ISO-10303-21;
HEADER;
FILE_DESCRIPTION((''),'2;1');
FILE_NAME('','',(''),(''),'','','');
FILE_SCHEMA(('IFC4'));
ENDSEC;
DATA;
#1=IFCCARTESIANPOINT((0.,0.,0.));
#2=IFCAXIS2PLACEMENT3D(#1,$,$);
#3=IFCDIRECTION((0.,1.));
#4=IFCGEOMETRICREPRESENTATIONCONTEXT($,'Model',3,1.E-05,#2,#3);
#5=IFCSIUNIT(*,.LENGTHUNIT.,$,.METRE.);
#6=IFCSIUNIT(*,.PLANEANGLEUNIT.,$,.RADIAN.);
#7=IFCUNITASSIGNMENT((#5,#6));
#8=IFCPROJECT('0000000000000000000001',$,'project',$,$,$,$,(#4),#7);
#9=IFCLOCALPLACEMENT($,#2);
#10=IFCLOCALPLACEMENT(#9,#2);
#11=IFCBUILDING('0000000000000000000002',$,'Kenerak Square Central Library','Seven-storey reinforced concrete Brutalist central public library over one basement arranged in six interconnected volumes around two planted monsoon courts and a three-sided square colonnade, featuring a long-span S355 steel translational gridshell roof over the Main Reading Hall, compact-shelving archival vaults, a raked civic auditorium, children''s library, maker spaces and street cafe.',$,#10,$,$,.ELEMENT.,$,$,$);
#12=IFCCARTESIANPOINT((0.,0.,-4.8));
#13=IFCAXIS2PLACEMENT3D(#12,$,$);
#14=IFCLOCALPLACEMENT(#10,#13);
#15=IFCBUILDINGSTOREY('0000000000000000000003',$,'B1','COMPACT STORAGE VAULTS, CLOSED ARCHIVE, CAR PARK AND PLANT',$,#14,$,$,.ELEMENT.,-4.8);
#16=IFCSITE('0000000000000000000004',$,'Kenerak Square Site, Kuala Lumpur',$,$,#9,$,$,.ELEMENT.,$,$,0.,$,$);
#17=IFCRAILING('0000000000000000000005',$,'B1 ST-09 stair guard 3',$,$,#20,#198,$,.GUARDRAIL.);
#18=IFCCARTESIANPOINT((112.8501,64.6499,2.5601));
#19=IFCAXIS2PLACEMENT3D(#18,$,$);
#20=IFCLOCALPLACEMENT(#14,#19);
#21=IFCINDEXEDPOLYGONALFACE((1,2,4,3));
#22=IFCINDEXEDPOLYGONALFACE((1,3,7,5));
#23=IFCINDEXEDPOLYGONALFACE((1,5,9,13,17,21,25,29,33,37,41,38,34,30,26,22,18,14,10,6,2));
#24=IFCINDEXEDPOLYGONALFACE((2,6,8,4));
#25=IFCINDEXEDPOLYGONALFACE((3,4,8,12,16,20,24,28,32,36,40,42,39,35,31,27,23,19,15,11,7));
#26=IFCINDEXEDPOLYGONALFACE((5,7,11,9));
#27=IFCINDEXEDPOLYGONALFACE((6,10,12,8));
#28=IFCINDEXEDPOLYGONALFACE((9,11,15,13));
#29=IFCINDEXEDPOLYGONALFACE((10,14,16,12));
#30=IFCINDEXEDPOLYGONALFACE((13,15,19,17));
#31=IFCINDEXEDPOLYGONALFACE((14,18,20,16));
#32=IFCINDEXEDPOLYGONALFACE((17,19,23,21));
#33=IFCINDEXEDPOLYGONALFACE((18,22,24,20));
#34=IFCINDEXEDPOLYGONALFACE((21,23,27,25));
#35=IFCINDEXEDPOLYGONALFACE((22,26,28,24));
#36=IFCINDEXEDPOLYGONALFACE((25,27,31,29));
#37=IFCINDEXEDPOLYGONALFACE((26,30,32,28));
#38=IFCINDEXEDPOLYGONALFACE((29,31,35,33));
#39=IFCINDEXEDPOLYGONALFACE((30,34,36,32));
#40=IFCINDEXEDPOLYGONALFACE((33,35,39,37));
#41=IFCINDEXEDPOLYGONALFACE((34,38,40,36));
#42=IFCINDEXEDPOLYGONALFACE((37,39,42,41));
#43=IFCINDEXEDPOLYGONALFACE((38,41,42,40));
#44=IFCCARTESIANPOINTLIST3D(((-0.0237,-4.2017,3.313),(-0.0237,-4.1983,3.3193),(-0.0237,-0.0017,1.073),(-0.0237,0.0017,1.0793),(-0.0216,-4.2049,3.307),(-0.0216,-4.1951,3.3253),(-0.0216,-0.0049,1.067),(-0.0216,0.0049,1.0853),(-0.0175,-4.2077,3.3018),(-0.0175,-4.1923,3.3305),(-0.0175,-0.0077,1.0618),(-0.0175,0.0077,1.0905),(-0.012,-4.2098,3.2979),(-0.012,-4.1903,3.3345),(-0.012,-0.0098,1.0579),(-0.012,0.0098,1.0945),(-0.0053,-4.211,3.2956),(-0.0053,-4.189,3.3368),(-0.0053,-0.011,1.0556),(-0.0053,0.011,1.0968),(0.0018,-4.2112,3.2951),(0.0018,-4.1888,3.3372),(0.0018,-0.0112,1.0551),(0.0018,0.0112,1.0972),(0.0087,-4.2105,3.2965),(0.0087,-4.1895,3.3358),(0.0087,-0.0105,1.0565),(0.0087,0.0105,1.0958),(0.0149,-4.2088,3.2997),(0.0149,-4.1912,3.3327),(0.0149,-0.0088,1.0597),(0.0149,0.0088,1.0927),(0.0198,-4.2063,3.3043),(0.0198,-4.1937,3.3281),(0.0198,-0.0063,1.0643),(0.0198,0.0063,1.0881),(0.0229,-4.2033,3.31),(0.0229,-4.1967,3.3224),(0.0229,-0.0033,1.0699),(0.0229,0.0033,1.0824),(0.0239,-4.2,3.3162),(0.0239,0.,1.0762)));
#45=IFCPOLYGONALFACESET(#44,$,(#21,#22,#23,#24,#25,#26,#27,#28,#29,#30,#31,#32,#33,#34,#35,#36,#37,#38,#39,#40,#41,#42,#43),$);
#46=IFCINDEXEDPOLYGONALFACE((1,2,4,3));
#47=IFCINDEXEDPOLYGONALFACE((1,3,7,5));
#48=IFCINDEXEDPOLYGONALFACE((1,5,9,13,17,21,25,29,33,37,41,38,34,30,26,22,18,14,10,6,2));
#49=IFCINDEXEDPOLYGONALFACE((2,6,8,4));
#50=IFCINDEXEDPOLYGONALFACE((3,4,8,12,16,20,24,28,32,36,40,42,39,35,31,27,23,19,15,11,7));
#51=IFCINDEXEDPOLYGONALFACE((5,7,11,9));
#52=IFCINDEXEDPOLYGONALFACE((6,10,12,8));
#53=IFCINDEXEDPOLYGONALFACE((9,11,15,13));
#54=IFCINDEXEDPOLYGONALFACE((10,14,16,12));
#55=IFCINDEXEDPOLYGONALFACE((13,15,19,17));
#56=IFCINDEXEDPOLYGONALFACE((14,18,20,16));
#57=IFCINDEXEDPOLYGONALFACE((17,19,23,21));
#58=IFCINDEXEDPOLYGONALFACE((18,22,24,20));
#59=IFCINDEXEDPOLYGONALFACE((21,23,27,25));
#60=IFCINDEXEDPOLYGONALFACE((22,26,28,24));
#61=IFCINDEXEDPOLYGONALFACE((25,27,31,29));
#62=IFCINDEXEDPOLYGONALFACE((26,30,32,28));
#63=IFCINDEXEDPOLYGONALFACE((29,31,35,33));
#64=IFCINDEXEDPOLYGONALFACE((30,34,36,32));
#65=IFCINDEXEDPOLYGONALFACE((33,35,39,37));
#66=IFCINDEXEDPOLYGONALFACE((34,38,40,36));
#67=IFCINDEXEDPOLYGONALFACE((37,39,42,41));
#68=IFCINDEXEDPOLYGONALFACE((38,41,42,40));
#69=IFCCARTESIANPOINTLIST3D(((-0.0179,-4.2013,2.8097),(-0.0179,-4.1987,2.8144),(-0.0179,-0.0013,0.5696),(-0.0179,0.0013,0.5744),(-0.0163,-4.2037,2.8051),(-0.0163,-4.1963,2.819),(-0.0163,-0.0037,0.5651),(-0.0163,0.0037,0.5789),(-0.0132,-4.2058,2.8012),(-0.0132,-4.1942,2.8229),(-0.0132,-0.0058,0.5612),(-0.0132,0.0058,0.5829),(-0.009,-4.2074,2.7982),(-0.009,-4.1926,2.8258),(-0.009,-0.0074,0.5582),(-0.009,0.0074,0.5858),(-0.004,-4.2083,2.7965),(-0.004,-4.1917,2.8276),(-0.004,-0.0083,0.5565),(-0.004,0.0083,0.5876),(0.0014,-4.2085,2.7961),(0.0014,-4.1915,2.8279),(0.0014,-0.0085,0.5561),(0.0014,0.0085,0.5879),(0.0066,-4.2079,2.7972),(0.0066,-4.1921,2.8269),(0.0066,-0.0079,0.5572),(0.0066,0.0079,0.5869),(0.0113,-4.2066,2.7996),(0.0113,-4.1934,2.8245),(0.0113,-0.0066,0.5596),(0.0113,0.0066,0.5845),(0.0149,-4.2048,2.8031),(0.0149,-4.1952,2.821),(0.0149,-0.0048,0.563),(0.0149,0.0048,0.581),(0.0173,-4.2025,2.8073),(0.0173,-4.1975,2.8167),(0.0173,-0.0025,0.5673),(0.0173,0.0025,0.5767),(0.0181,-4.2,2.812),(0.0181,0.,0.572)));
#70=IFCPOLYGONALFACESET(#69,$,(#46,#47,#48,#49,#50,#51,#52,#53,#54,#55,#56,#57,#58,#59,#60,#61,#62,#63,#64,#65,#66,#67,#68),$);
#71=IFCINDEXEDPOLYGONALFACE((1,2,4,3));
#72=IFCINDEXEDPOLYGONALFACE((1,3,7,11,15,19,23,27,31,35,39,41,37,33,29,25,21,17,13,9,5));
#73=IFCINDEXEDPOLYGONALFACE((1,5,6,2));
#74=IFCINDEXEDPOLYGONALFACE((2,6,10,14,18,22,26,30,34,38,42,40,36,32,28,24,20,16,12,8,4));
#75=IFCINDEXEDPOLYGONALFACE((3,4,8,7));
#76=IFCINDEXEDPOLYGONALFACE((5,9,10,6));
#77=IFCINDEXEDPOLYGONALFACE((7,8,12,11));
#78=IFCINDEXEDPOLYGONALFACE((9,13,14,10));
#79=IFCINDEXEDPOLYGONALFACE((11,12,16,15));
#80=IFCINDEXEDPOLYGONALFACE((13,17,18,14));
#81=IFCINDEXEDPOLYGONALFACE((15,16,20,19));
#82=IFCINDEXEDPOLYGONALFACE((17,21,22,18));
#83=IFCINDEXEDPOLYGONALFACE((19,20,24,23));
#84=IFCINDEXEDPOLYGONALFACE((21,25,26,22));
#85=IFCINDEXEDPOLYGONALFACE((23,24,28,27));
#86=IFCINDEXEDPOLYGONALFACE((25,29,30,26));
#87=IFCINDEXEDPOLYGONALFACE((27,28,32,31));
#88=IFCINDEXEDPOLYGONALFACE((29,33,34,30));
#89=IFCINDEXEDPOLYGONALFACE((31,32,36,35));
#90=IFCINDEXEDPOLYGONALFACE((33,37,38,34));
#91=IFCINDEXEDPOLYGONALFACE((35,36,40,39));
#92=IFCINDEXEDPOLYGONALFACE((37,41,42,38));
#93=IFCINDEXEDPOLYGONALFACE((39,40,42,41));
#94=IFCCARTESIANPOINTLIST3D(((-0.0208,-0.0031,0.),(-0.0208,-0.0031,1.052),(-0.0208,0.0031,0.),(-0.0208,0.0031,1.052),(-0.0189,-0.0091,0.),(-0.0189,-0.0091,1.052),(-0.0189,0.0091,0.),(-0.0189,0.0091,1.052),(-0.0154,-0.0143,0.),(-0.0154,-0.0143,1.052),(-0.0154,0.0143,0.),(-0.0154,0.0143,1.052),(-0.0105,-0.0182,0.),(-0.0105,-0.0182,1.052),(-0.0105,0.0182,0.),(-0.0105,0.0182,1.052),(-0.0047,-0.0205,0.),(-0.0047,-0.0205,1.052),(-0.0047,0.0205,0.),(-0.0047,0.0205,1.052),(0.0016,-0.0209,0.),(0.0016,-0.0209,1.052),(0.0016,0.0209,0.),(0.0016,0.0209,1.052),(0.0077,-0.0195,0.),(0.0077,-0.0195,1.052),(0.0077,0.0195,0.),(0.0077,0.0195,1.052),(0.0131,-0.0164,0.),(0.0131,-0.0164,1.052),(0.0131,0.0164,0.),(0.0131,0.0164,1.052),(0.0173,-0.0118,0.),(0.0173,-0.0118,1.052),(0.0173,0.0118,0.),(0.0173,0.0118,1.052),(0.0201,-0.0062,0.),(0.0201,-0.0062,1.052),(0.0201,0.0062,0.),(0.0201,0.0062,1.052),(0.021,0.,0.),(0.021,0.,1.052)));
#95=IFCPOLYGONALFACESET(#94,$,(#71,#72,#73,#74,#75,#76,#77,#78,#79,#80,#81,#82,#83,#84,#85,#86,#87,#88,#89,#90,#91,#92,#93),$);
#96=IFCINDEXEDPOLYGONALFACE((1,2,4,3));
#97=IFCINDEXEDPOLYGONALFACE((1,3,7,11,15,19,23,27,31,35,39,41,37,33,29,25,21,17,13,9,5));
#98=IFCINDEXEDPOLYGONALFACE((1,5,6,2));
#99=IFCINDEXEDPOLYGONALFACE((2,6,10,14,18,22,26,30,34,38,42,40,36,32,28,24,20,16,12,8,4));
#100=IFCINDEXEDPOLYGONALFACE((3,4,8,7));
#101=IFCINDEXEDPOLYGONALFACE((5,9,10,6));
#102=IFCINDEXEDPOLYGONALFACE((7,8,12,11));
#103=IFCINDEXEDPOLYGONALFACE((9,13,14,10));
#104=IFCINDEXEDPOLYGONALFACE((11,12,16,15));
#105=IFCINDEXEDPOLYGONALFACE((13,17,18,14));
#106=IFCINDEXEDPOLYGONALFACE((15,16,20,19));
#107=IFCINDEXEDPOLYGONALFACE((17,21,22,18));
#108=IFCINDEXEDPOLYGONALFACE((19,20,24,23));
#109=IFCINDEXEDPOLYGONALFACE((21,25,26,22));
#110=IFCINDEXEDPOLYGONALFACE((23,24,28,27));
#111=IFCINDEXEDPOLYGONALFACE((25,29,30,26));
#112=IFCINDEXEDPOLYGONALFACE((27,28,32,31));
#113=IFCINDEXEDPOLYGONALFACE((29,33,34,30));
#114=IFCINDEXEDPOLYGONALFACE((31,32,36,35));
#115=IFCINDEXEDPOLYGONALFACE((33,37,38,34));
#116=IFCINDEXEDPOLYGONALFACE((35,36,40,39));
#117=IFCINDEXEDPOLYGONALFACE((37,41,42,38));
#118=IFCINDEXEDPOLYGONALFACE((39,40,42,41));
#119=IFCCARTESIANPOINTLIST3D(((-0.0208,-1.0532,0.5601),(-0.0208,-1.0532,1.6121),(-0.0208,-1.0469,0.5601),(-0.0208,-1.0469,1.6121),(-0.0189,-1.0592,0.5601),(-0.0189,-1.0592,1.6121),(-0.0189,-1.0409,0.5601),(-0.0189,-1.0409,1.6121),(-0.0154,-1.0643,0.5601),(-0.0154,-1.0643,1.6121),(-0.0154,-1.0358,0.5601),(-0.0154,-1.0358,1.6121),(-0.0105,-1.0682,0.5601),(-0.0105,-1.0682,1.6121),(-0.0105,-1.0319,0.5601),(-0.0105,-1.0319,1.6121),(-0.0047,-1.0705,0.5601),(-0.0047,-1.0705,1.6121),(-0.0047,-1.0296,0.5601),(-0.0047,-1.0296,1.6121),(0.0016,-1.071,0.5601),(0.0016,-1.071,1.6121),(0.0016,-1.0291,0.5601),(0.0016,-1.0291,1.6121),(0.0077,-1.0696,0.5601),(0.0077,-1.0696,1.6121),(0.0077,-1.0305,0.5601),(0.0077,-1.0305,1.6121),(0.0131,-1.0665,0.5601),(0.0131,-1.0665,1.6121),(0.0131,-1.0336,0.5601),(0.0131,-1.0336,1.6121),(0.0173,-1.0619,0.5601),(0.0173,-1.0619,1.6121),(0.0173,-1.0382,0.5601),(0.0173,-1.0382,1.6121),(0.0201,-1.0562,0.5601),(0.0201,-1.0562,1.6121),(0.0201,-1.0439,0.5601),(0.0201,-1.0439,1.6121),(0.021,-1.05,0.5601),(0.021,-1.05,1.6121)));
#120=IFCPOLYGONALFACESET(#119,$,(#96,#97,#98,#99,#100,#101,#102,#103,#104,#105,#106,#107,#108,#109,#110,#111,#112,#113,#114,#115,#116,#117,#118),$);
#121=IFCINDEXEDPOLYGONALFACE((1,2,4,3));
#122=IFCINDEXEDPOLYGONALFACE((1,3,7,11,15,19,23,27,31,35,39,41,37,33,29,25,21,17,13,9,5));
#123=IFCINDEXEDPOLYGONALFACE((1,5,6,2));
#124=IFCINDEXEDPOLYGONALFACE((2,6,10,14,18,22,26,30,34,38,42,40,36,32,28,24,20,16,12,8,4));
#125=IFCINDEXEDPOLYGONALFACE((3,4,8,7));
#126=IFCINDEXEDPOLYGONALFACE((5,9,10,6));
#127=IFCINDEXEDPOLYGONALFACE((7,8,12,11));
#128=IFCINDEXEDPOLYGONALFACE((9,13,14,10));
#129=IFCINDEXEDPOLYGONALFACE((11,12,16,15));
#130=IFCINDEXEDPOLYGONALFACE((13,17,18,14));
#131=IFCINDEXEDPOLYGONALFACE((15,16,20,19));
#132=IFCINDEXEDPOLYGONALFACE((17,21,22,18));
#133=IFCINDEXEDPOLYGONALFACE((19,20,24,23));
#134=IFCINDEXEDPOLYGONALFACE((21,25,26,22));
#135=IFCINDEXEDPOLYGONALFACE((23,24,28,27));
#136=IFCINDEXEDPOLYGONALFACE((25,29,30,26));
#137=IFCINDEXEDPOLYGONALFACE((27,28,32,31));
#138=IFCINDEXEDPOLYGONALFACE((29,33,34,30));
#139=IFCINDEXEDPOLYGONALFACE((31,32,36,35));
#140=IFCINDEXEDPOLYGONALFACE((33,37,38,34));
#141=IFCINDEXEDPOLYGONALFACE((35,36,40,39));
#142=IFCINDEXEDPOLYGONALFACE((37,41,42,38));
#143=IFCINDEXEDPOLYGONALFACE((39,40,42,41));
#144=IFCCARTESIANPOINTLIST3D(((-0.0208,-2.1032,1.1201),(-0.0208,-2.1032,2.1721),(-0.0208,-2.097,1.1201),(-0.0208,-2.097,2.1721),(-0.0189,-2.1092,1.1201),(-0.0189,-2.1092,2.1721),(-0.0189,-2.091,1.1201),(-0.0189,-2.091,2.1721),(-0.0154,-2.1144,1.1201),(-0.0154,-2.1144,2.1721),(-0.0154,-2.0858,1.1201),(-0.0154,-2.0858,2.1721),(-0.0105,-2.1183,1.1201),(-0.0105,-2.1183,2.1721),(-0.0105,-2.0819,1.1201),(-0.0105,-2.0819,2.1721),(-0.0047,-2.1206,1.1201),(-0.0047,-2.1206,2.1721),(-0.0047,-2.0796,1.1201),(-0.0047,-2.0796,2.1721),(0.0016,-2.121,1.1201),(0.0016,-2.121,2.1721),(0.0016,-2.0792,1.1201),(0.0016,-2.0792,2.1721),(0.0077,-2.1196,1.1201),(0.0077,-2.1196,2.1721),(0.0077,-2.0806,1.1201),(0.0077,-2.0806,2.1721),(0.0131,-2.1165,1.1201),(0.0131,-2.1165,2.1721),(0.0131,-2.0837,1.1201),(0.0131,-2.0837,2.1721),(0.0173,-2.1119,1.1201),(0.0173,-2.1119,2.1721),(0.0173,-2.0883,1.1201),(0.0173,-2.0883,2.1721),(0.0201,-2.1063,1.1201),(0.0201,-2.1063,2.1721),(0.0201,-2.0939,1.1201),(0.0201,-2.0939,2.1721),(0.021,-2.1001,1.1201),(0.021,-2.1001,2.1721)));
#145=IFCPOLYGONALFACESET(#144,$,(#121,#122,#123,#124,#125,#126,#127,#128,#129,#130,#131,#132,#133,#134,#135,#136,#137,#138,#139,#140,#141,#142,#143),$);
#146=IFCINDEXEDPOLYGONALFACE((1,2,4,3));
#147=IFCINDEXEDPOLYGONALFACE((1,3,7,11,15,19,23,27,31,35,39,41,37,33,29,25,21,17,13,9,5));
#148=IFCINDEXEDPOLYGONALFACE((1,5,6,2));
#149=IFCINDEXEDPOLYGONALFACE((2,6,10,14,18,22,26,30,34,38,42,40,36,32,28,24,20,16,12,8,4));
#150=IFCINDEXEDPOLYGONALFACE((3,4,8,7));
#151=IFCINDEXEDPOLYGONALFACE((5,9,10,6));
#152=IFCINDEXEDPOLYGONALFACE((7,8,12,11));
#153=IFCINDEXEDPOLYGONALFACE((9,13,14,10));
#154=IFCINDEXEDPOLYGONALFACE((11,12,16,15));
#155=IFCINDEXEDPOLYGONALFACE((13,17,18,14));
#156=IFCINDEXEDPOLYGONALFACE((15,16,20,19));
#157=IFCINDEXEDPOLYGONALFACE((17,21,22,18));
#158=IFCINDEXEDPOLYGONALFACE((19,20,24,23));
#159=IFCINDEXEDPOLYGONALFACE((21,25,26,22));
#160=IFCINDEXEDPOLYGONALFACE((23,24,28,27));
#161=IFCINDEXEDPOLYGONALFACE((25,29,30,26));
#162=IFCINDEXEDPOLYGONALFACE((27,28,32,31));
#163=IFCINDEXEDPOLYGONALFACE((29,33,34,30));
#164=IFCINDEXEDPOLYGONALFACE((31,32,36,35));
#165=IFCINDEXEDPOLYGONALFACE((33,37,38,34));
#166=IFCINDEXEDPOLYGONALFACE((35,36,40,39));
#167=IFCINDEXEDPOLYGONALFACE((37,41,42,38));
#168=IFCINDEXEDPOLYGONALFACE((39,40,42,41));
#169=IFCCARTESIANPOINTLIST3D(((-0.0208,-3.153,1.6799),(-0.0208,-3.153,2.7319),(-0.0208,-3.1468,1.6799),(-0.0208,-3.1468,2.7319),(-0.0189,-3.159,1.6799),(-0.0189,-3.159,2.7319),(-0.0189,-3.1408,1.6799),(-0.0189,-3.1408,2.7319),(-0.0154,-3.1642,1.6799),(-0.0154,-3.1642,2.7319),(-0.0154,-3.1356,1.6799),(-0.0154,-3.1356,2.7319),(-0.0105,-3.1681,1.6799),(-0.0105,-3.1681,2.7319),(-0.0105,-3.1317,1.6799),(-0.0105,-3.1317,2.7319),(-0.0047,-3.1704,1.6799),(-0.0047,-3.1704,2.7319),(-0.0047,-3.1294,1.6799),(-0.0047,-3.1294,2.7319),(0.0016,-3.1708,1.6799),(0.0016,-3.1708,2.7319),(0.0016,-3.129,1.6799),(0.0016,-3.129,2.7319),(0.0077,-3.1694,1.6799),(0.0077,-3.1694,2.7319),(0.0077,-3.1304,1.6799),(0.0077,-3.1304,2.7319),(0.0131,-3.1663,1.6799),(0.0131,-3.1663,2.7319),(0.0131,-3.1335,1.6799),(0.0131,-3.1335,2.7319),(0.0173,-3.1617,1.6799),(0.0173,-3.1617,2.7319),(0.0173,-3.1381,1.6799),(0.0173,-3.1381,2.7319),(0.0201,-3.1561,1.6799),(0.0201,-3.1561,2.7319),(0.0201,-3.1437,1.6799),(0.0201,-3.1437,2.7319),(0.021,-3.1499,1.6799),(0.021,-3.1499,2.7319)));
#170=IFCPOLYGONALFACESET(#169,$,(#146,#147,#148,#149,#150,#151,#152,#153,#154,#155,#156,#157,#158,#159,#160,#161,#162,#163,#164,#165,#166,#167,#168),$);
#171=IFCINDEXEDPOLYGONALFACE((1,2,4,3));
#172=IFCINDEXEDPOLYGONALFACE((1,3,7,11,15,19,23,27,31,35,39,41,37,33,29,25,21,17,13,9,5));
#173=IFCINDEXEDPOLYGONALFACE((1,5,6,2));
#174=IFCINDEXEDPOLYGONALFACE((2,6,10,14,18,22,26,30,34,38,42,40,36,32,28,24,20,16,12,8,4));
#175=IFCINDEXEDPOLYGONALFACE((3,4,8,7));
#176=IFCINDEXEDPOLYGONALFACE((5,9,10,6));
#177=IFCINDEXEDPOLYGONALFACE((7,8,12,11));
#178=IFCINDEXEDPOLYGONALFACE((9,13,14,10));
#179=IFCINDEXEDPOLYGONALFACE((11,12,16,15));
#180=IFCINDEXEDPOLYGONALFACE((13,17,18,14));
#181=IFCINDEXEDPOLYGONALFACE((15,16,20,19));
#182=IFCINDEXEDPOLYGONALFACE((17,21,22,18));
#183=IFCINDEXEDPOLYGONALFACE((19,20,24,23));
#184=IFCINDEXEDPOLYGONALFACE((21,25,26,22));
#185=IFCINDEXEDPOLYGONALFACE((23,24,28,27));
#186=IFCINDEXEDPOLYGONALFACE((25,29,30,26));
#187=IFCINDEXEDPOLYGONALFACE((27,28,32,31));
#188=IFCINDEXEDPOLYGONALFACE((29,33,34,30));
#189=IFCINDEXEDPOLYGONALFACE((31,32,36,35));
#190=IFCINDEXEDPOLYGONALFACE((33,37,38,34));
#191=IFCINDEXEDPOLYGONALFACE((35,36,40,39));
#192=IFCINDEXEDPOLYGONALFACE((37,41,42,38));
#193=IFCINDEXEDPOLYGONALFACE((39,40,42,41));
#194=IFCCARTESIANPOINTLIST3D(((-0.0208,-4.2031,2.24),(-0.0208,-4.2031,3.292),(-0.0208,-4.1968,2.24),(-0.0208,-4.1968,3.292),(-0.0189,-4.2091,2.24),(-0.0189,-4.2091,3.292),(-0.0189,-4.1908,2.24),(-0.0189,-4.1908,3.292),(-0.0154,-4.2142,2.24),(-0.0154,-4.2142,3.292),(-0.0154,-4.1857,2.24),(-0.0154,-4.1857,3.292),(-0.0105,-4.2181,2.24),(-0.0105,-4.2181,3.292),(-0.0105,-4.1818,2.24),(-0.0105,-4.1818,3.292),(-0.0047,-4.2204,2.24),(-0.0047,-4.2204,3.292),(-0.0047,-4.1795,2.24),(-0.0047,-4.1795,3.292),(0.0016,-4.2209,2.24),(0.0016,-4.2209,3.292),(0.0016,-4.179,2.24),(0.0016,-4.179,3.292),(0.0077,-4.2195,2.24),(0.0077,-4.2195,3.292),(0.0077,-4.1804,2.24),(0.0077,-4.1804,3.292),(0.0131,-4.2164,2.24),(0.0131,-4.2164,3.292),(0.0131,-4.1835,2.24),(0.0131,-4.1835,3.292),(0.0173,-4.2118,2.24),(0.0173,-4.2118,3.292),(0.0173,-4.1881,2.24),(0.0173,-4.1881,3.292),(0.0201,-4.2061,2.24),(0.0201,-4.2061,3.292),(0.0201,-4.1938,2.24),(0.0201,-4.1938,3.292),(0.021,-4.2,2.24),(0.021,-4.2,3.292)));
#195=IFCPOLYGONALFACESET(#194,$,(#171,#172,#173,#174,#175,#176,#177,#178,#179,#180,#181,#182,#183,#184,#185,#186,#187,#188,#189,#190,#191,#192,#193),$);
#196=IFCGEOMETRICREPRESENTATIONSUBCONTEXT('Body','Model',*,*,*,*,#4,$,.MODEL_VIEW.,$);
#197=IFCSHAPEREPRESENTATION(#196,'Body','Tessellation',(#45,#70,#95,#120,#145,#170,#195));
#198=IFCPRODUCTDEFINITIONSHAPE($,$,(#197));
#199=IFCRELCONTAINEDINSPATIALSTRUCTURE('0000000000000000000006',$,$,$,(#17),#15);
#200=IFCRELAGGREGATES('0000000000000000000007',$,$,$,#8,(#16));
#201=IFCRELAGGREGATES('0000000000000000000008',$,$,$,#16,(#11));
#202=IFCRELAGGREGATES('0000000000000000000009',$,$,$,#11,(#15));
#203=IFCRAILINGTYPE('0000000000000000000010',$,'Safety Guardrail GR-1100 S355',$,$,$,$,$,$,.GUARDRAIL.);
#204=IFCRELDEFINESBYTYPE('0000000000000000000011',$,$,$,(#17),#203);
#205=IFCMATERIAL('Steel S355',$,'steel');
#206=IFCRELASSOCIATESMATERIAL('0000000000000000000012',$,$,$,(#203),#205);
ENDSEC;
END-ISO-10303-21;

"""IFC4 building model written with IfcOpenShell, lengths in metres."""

from ifc_helpers import new_model, si_unit, direction, frame, origin, origin_2d, place, context, subcontext, project, spatial, circle, extrude, material, type_object, element, save


model = new_model("IFC4")

# Units and contexts
model_context = context("Model", 3, precision=1e-05, world=origin(), true_north=direction((0.0, 1.0)))
body_context = subcontext(model_context, "Body", "Model", "MODEL_VIEW")
ifc_project = project(units=[si_unit("LENGTHUNIT", "METRE"), si_unit("PLANEANGLEUNIT", "RADIAN")], contexts=[model_context])

# Site, building, storey
site_placement = place(None, origin())
site = spatial("IfcSite", under=ifc_project, at=site_placement, Name="Kenerak Square Site, Kuala Lumpur", CompositionType="ELEMENT", RefElevation=0.0)
building_placement = place(site_placement, origin())
building = spatial("IfcBuilding", under=site, at=building_placement, Name="Kenerak Square Central Library", Description="Seven-storey reinforced concrete Brutalist central public library over one basement arranged in six interconnected volumes around two planted monsoon courts and a three-sided square colonnade, featuring a long-span S355 steel translational gridshell roof over the Main Reading Hall, compact-shelving archival vaults, a raked civic auditorium, children's library, maker spaces and street cafe.", CompositionType="ELEMENT")
storey_placement = place(building_placement, frame((0.0, 0.0, -4.8)))
storey = spatial("IfcBuildingStorey", under=building, at=storey_placement, Name="B1", Description="COMPACT STORAGE VAULTS, CLOSED ARCHIVE, CAR PARK AND PLANT", CompositionType="ELEMENT", Elevation=-4.8)

# Railing
ifc_material_1 = material(Name="Steel S355", Category="steel")
railing_type_1 = type_object("IfcRailingType", Name="Safety Guardrail GR-1100 S355", PredefinedType="GUARDRAIL", material=ifc_material_1)
railing_1_placement = place(storey_placement, frame((112.8501, 64.6499, 2.5601)))
element("IfcRailing", 1, at=railing_1_placement, inside=storey, type_object=railing_type_1, Name="B1 ST-09 stair guard 3", PredefinedType="GUARDRAIL", context=body_context, shape_type="SweptSolid", body=[
    extrude(circle(Radius=0.0239, at=origin_2d()), frame((0.0, 0.0, 1.0762), z_axis=(0.0, -0.882352, 0.470591), x_axis=(1.0, 0.0, 0.0)), (0.0, 0.0, 1.0), 4.76),
    extrude(circle(Radius=0.0181, at=origin_2d()), frame((0.0, 0.0, 0.572), z_axis=(0.0, -0.882352, 0.470591), x_axis=(1.0, 0.0, 0.0)), (0.0, 0.0, 1.0), 4.76),
    extrude(circle(Radius=0.021, at=origin_2d()), origin(), (0.0, 0.0, 1.0), 1.052),
    extrude(circle(Radius=0.021, at=origin_2d()), frame((0.0, -1.05, 0.5601)), (0.0, 0.0, 1.0), 1.052),
    extrude(circle(Radius=0.021, at=origin_2d()), frame((0.0, -2.1001, 1.1201)), (0.0, 0.0, 1.0), 1.052),
    extrude(circle(Radius=0.021, at=origin_2d()), frame((0.0, -3.1499, 1.6799)), (0.0, 0.0, 1.0), 1.052),
    extrude(circle(Radius=0.021, at=origin_2d()), frame((0.0, -4.2, 2.24)), (0.0, 0.0, 1.0), 1.052),
])

save(model, "model.ifc")
